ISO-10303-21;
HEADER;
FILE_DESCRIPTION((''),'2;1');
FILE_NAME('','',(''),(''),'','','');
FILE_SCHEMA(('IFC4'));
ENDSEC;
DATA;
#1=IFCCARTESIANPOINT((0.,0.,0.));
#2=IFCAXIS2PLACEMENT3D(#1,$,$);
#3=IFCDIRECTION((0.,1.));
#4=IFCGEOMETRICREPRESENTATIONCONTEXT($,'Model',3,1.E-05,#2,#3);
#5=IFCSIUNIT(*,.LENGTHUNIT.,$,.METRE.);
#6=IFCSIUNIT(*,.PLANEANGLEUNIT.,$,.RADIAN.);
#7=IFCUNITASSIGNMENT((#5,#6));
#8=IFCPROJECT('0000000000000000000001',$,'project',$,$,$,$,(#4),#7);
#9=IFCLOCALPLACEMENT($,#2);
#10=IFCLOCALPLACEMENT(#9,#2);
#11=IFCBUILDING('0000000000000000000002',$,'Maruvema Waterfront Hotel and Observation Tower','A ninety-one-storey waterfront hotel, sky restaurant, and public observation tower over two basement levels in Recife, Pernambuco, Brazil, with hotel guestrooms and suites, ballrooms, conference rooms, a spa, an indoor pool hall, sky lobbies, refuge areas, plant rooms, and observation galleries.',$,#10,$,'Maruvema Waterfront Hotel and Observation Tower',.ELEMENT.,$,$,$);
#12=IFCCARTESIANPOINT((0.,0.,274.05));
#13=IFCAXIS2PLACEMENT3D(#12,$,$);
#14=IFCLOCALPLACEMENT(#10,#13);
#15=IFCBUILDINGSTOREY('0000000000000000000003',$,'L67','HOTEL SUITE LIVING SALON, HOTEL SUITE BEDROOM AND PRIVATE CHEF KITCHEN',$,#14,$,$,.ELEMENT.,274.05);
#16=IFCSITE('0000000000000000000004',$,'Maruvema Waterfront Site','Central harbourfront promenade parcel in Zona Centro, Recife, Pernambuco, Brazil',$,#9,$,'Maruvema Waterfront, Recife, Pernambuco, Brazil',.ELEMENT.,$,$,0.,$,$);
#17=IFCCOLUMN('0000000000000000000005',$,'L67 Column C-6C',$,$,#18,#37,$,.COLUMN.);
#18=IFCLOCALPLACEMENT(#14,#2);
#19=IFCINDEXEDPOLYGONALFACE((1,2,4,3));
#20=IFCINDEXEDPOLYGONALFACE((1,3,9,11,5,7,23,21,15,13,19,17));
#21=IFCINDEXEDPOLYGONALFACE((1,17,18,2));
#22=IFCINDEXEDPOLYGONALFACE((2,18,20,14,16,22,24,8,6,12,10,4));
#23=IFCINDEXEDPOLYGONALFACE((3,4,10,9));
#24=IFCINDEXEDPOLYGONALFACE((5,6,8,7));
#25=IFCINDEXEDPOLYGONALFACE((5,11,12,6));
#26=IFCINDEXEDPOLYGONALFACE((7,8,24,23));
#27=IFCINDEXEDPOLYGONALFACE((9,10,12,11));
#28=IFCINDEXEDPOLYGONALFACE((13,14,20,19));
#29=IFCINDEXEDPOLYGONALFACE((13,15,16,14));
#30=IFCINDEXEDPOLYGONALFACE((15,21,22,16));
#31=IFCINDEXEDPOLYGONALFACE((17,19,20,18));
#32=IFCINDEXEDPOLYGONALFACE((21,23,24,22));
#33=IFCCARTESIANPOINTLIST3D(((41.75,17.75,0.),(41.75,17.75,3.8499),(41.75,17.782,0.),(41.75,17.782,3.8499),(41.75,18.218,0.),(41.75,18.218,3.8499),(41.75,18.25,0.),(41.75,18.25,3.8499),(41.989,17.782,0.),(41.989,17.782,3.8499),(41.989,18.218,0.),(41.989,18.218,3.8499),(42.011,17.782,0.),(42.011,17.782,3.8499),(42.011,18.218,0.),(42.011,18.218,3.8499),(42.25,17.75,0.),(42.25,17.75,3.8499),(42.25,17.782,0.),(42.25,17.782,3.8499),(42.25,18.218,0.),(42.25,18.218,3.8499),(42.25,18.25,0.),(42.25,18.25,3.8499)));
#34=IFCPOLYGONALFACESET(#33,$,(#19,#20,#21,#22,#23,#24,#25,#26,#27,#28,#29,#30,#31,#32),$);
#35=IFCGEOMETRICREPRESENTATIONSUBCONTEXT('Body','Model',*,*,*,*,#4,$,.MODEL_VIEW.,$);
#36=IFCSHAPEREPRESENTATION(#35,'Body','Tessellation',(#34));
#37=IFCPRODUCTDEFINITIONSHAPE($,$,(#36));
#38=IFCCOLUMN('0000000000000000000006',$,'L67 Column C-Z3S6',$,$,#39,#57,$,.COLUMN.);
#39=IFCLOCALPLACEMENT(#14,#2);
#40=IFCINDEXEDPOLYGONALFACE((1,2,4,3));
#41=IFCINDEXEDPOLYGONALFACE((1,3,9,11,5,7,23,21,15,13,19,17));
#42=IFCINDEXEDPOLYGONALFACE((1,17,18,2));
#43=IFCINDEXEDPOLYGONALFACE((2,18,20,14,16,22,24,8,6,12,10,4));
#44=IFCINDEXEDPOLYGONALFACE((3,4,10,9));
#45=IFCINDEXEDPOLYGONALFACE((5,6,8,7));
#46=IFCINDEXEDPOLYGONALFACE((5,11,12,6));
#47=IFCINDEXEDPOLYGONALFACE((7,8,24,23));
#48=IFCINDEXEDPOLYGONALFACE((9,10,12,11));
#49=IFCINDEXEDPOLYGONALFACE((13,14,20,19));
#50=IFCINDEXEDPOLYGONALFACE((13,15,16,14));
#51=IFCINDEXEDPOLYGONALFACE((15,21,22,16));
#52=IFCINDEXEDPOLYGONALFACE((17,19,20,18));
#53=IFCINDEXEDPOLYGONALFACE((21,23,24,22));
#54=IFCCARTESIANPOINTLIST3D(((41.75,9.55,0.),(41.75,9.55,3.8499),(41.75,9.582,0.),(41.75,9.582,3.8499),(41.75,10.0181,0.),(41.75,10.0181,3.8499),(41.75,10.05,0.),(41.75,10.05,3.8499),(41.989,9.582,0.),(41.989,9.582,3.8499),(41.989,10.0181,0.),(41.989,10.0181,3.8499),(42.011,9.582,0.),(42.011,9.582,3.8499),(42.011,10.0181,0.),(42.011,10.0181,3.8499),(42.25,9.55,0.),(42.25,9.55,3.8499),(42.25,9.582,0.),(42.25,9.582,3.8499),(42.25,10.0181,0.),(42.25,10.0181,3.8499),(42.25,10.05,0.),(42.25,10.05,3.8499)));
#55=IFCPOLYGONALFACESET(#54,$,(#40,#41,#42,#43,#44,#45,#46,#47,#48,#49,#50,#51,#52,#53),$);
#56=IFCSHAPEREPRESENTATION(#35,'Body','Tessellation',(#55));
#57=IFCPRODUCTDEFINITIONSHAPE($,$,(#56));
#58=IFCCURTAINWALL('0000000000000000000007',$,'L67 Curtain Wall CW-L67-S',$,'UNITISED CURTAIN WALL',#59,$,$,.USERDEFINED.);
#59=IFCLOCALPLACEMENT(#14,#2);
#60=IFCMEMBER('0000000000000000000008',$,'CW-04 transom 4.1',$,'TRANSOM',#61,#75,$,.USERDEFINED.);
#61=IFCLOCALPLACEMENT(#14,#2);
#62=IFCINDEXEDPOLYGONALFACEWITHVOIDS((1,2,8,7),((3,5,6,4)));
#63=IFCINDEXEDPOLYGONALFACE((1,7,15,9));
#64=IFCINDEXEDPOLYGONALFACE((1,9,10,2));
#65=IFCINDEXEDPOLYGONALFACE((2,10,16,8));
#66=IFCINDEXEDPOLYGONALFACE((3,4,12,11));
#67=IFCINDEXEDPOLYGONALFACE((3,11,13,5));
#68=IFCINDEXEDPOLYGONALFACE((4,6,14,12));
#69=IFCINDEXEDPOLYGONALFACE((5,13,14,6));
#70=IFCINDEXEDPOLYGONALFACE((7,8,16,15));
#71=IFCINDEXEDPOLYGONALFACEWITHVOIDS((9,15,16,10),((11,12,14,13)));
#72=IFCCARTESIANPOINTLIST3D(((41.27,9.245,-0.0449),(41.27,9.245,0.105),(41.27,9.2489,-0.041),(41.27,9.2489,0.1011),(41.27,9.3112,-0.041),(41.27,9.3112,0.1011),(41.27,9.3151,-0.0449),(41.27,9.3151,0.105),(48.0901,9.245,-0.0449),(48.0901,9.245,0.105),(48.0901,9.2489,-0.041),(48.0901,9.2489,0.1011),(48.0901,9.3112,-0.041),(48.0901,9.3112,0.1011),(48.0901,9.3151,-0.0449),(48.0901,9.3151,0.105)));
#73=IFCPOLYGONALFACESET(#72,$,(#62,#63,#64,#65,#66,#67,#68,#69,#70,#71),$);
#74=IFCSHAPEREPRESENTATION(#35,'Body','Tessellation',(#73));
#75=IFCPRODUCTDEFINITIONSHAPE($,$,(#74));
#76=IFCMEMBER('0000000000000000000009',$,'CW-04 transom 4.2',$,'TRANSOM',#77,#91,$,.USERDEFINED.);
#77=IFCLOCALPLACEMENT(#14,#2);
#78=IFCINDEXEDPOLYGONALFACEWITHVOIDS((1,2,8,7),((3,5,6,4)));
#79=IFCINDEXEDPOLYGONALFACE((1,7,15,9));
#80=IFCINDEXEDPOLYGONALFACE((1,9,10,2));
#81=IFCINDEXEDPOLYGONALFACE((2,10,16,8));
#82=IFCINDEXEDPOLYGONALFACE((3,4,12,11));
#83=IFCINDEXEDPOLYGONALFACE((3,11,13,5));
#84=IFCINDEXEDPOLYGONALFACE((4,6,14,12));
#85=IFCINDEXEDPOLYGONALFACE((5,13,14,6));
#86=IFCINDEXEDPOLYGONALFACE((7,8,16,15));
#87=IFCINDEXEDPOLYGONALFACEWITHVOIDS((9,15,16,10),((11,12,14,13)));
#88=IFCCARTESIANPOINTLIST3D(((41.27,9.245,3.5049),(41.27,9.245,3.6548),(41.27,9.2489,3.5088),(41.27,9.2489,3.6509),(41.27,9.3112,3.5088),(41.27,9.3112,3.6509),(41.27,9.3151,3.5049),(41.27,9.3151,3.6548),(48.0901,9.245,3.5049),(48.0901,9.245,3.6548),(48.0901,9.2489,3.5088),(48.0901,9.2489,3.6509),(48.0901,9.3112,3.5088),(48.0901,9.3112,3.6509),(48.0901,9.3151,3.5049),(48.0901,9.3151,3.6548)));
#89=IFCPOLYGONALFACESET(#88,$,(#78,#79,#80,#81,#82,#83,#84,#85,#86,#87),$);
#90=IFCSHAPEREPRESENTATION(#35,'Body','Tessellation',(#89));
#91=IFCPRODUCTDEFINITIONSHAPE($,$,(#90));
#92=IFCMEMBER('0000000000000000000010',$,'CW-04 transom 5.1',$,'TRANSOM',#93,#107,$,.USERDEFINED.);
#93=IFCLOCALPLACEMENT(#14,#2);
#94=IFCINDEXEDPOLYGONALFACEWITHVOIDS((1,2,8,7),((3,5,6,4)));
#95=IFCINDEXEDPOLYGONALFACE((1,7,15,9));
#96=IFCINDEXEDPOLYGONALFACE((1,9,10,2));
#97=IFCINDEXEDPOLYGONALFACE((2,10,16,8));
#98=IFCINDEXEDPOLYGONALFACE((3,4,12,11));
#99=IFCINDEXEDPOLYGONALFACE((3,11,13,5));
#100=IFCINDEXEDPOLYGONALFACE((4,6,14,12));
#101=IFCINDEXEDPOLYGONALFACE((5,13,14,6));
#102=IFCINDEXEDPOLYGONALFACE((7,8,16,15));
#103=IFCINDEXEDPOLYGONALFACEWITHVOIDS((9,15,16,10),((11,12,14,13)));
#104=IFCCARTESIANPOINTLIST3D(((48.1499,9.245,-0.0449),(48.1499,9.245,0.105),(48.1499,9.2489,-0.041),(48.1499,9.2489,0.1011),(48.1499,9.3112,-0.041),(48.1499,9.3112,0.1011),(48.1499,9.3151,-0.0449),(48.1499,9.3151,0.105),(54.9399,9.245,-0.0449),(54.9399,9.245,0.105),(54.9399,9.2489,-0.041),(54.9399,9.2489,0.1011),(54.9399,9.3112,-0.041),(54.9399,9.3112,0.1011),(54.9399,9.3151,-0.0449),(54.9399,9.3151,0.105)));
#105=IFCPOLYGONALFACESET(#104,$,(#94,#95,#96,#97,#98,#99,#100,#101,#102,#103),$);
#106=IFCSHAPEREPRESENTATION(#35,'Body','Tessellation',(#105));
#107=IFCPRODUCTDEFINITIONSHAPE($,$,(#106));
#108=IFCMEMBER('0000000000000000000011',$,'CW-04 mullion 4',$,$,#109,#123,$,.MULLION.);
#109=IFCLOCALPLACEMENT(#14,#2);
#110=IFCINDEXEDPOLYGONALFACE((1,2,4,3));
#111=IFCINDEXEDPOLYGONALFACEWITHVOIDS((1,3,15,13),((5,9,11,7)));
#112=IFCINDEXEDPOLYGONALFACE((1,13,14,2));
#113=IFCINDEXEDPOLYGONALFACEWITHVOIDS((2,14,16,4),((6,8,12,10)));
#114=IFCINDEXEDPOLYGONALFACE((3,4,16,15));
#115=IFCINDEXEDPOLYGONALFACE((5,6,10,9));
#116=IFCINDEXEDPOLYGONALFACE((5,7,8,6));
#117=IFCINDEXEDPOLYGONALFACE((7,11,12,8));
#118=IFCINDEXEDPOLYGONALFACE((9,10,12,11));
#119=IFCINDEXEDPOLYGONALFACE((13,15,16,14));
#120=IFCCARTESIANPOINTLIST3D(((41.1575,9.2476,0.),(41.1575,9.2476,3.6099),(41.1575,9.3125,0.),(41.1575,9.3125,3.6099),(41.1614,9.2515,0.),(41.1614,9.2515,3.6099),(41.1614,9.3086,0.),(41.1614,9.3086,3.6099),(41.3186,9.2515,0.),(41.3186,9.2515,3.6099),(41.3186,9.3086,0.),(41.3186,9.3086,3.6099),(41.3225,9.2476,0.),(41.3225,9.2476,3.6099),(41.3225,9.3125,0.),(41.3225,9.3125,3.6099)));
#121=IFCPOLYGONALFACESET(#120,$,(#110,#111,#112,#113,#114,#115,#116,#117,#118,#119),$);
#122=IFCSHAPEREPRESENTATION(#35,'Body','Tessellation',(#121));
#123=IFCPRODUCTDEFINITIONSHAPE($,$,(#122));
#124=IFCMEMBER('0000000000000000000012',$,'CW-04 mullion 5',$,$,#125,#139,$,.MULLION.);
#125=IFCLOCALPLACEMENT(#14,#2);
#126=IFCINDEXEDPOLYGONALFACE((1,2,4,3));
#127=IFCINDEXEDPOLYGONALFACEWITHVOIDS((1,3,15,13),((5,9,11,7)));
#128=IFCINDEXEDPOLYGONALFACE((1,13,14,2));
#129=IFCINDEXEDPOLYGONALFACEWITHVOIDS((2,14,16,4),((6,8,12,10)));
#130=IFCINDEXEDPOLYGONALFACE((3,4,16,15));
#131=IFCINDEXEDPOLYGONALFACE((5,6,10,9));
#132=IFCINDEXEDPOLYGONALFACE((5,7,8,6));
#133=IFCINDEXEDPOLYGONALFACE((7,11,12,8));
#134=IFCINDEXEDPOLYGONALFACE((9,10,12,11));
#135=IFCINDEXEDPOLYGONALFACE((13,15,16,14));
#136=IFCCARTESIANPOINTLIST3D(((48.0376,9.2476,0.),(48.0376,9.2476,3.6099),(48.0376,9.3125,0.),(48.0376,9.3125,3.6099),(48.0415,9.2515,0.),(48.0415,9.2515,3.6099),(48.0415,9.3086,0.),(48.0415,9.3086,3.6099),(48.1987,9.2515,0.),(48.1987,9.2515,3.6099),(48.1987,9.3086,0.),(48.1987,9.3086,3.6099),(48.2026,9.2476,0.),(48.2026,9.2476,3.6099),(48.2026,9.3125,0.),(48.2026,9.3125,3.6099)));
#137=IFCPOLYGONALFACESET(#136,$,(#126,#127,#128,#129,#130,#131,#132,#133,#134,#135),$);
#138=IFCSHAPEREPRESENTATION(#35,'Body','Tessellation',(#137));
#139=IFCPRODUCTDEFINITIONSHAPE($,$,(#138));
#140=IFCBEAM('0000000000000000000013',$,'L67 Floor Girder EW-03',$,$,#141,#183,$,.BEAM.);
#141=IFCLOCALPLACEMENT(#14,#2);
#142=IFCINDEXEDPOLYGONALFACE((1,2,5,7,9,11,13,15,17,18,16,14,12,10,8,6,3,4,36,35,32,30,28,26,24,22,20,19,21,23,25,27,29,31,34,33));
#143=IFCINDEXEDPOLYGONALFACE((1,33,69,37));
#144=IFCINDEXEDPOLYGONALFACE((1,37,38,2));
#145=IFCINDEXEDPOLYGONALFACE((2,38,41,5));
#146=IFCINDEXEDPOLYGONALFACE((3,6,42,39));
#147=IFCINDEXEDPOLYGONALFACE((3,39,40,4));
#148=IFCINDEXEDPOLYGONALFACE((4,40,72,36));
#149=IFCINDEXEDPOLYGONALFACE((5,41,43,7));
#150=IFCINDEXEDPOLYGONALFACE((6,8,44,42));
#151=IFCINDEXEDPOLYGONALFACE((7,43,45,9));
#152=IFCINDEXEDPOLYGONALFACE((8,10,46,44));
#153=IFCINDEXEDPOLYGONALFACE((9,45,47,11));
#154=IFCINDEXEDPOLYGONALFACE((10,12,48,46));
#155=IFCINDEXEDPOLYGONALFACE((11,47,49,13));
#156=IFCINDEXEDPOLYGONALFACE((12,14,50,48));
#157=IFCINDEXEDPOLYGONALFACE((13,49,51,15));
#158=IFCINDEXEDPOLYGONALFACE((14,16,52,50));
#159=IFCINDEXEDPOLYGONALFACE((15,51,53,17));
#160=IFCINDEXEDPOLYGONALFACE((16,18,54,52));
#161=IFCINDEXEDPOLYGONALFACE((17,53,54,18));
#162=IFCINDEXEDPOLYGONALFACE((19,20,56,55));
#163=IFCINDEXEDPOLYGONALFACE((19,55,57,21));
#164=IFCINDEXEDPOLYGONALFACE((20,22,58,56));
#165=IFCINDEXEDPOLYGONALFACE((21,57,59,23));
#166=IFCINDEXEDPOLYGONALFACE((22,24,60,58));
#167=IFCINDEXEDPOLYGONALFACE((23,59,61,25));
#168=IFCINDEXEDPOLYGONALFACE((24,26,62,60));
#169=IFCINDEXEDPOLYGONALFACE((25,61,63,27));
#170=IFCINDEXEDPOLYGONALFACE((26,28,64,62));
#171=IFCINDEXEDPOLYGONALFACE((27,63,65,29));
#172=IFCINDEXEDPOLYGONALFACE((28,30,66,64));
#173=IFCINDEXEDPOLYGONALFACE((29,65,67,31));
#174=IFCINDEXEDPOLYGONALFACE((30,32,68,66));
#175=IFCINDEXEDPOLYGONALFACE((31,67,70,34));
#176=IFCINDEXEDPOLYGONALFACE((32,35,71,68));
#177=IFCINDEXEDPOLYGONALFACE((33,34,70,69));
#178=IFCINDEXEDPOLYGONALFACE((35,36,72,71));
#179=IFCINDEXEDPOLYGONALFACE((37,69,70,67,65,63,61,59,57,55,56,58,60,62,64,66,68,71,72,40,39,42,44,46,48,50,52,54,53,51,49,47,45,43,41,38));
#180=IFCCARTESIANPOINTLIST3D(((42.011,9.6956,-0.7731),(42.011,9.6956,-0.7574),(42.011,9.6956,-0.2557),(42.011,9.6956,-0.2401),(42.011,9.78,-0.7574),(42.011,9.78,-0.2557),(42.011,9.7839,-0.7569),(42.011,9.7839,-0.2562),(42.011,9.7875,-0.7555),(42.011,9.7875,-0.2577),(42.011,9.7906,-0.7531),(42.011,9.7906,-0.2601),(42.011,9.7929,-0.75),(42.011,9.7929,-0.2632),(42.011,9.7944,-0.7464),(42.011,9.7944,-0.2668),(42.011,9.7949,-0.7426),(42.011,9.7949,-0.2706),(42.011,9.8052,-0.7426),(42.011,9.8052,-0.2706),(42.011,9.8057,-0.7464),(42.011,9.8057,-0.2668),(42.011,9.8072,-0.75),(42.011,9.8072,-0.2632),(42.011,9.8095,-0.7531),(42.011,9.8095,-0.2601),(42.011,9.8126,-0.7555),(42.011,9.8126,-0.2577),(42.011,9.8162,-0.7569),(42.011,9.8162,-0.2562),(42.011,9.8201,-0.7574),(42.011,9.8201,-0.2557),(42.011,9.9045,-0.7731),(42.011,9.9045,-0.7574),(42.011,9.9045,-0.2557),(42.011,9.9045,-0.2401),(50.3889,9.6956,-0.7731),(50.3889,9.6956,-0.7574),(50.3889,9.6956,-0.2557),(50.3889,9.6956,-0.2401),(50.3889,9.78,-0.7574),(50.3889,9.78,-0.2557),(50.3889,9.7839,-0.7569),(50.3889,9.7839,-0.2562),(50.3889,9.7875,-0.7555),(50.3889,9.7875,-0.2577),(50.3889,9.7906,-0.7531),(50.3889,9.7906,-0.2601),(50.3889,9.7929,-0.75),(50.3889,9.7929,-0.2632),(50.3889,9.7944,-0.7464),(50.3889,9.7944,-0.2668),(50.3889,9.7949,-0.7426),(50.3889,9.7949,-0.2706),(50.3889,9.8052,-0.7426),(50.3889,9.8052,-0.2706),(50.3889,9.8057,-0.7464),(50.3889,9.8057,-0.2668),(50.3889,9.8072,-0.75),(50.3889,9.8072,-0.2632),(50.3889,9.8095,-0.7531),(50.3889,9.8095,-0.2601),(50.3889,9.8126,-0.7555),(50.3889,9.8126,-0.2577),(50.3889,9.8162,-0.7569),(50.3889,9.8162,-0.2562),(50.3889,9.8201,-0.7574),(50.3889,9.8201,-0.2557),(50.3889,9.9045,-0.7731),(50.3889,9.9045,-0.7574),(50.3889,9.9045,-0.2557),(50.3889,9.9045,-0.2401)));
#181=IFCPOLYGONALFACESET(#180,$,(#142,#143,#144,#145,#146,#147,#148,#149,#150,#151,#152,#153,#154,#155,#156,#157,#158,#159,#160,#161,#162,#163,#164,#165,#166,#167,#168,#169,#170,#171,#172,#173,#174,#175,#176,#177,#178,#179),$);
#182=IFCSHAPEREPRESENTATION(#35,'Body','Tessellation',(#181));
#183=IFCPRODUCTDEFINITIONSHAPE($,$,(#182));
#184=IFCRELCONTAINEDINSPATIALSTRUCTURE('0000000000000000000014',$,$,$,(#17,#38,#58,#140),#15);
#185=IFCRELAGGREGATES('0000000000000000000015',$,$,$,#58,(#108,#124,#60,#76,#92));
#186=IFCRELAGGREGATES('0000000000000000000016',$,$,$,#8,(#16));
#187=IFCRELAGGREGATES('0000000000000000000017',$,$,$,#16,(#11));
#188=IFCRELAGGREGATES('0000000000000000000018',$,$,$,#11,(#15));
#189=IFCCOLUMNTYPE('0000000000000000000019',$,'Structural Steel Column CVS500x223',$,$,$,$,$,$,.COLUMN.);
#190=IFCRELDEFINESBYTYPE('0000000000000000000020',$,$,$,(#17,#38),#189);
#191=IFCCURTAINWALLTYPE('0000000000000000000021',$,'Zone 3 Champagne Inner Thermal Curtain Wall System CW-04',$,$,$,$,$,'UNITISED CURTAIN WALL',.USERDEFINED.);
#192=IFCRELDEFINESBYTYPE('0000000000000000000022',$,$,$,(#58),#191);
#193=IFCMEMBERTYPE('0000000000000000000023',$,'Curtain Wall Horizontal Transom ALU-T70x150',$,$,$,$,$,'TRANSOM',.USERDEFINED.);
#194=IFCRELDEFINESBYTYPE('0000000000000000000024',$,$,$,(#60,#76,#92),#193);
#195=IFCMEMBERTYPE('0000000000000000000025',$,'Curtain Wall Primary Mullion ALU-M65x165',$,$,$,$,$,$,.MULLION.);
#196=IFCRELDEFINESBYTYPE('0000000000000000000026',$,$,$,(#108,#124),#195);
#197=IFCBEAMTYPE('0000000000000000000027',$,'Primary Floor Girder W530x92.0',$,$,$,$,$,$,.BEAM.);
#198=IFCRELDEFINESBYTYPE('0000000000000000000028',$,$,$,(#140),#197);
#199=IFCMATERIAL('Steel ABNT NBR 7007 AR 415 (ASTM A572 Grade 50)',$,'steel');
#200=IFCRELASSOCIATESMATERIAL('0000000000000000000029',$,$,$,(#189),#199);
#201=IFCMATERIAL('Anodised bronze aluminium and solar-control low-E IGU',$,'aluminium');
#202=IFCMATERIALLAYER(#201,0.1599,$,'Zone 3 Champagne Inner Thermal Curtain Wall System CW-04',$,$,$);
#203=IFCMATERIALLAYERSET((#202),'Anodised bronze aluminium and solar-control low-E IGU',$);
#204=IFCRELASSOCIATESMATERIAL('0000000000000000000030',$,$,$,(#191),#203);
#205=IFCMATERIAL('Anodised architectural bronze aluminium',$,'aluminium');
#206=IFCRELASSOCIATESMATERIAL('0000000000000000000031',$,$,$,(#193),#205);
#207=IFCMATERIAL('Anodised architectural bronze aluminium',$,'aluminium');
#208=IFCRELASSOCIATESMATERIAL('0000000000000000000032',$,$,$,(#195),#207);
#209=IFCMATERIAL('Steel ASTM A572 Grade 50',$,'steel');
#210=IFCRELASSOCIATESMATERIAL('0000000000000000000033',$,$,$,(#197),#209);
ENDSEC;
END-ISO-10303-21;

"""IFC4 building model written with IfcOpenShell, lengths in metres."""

from ifc_helpers import new_model, si_unit, direction, frame, origin, origin_2d, place, context, subcontext, project, spatial, hollow_rectangle, i_section, extrude, material, layer, layer_set, material_profile, profile_set, type_object, element, aggregate, save


model = new_model("IFC4")

# Units and contexts
model_context = context("Model", 3, precision=1e-05, world=origin(), true_north=direction((0.0, 1.0)))
body_context = subcontext(model_context, "Body", "Model", "MODEL_VIEW")
ifc_project = project(units=[si_unit("LENGTHUNIT", "METRE"), si_unit("PLANEANGLEUNIT", "RADIAN")], contexts=[model_context])

# Site, building, storey
site_placement = place(None, origin())
site = spatial("IfcSite", under=ifc_project, at=site_placement, Name="Maruvema Waterfront Site", Description="Central harbourfront promenade parcel in Zona Centro, Recife, Pernambuco, Brazil", LongName="Maruvema Waterfront, Recife, Pernambuco, Brazil", CompositionType="ELEMENT", RefElevation=0.0)
building_placement = place(site_placement, origin())
building = spatial("IfcBuilding", under=site, at=building_placement, Name="Maruvema Waterfront Hotel and Observation Tower", Description="A ninety-one-storey waterfront hotel, sky restaurant, and public observation tower over two basement levels in Recife, Pernambuco, Brazil, with hotel guestrooms and suites, ballrooms, conference rooms, a spa, an indoor pool hall, sky lobbies, refuge areas, plant rooms, and observation galleries.", LongName="Maruvema Waterfront Hotel and Observation Tower", CompositionType="ELEMENT")
storey_placement = place(building_placement, frame((0.0, 0.0, 274.05)))
storey = spatial("IfcBuildingStorey", under=building, at=storey_placement, Name="L67", Description="HOTEL SUITE LIVING SALON, HOTEL SUITE BEDROOM AND PRIVATE CHEF KITCHEN", CompositionType="ELEMENT", Elevation=274.05)

# Columns
ifc_material_1 = material(Name="Steel ABNT NBR 7007 AR 415 (ASTM A572 Grade 50)", Category="steel")
ifc_material_profile_1 = material_profile(ifc_material_1, i_section(OverallWidth=0.5, OverallDepth=0.5, WebThickness=0.022, FlangeThickness=0.032, at=origin_2d()), Name="CVS500x223")
ifc_profile_set_1 = profile_set([ifc_material_profile_1], Name="Steel ABNT NBR 7007 AR 415 (ASTM A572 Grade 50)")
column_type = type_object("IfcColumnType", Name="Structural Steel Column CVS500x223", PredefinedType="COLUMN", material=ifc_profile_set_1)
for number, where, z_axis, x_axis, name in (
    (1, (42.0, 18.0, 0.0), (0.0, 0.0, 1.0), (1.0, 0.0, 0.0), "L67 Column C-6C"),
    (2, (42.0, 9.8, 0.0), (0.0, 0.0, 1.0), (1.0, 0.0, 0.0), "L67 Column C-Z3S6"),
):
    element("IfcColumn", number, at=place(storey_placement, frame(where, z_axis=z_axis, x_axis=x_axis)), inside=storey, type_object=column_type, Name=name, PredefinedType="COLUMN", context=body_context, shape_type="SweptSolid", body=[
        extrude(i_section(OverallWidth=0.5, OverallDepth=0.5, WebThickness=0.022, FlangeThickness=0.032, at=origin_2d()), origin(), (0.0, 0.0, 1.0), 3.8499),
    ])

# Curtain wall, members
ifc_material_2 = material(Name="Anodised bronze aluminium and solar-control low-E IGU", Category="aluminium")
ifc_layer_1 = layer(ifc_material_2, 0.1599, Name="Zone 3 Champagne Inner Thermal Curtain Wall System CW-04")
ifc_layer_set_1 = layer_set([ifc_layer_1], Name="Anodised bronze aluminium and solar-control low-E IGU")
curtain_wall_type = type_object("IfcCurtainWallType", Name="Zone 3 Champagne Inner Thermal Curtain Wall System CW-04", ElementType="UNITISED CURTAIN WALL", PredefinedType="USERDEFINED", material=ifc_layer_set_1)
curtain_wall_placement = place(storey_placement, origin())
curtain_wall = element("IfcCurtainWall", 3, at=curtain_wall_placement, inside=storey, type_object=curtain_wall_type, Name="L67 Curtain Wall CW-L67-S", ObjectType="UNITISED CURTAIN WALL", PredefinedType="USERDEFINED")
ifc_material_3 = material(Name="Anodised architectural bronze aluminium", Category="aluminium")
ifc_material_profile_2 = material_profile(ifc_material_3, hollow_rectangle(XDim=0.0701, YDim=0.1499, WallThickness=0.0039, at=origin_2d()), Name="ALU-T70x150")
ifc_profile_set_2 = profile_set([ifc_material_profile_2], Name="Anodised architectural bronze aluminium")
member_type_1 = type_object("IfcMemberType", Name="Curtain Wall Horizontal Transom ALU-T70x150", ElementType="TRANSOM", PredefinedType="USERDEFINED", material=ifc_profile_set_2)
member_1_placement = place(storey_placement, frame((41.27, 9.28, 0.03), z_axis=(1.0, 0.0, 0.0), x_axis=(0.0, 1.0, 0.0)))
member_1 = element("IfcMember", 4, at=member_1_placement, type_object=member_type_1, Name="CW-04 transom 4.1", ObjectType="TRANSOM", PredefinedType="USERDEFINED", context=body_context, shape_type="SweptSolid", body=[
    extrude(hollow_rectangle(XDim=0.0701, YDim=0.1499, WallThickness=0.0039, at=origin_2d()), origin(), (0.0, 0.0, 1.0), 6.8201),
])
member_2_placement = place(storey_placement, frame((41.27, 9.28, 3.5798), z_axis=(1.0, 0.0, 0.0), x_axis=(0.0, 1.0, 0.0)))
member_2 = element("IfcMember", 5, at=member_2_placement, type_object=member_type_1, Name="CW-04 transom 4.2", ObjectType="TRANSOM", PredefinedType="USERDEFINED", context=body_context, shape_type="SweptSolid", body=[
    extrude(hollow_rectangle(XDim=0.0701, YDim=0.1499, WallThickness=0.0039, at=origin_2d()), origin(), (0.0, 0.0, 1.0), 6.8201),
])
member_3_placement = place(storey_placement, frame((48.1499, 9.28, 0.03), z_axis=(1.0, 0.0, 0.0), x_axis=(0.0, 1.0, 0.0)))
member_3 = element("IfcMember", 6, at=member_3_placement, type_object=member_type_1, Name="CW-04 transom 5.1", ObjectType="TRANSOM", PredefinedType="USERDEFINED", context=body_context, shape_type="SweptSolid", body=[
    extrude(hollow_rectangle(XDim=0.0701, YDim=0.1499, WallThickness=0.0039, at=origin_2d()), origin(), (0.0, 0.0, 1.0), 6.79),
])
ifc_material_4 = material(Name="Anodised architectural bronze aluminium", Category="aluminium")
ifc_material_profile_3 = material_profile(ifc_material_4, hollow_rectangle(XDim=0.0649, YDim=0.165, WallThickness=0.0039, at=origin_2d()), Name="ALU-M65x165")
ifc_profile_set_3 = profile_set([ifc_material_profile_3], Name="Anodised architectural bronze aluminium")
member_type_2 = type_object("IfcMemberType", Name="Curtain Wall Primary Mullion ALU-M65x165", PredefinedType="MULLION", material=ifc_profile_set_3)
member_4_placement = place(storey_placement, frame((41.24, 9.28, 0.0), z_axis=(0.0, 0.0, 1.0), x_axis=(0.0, 1.0, 0.0)))
member_4 = element("IfcMember", 7, at=member_4_placement, type_object=member_type_2, Name="CW-04 mullion 4", PredefinedType="MULLION", context=body_context, shape_type="SweptSolid", body=[
    extrude(hollow_rectangle(XDim=0.0649, YDim=0.165, WallThickness=0.0039, at=origin_2d()), origin(), (0.0, 0.0, 1.0), 3.6099),
])
member_5_placement = place(storey_placement, frame((48.1201, 9.28, 0.0), z_axis=(0.0, 0.0, 1.0), x_axis=(0.0, 1.0, 0.0)))
member_5 = element("IfcMember", 8, at=member_5_placement, type_object=member_type_2, Name="CW-04 mullion 5", PredefinedType="MULLION", context=body_context, shape_type="SweptSolid", body=[
    extrude(hollow_rectangle(XDim=0.0649, YDim=0.165, WallThickness=0.0039, at=origin_2d()), origin(), (0.0, 0.0, 1.0), 3.6099),
])

# Beam
ifc_material_5 = material(Name="Steel ASTM A572 Grade 50", Category="steel")
ifc_material_profile_4 = material_profile(ifc_material_5, i_section(OverallWidth=0.209, OverallDepth=0.533, WebThickness=0.0103, FlangeThickness=0.0156, FilletRadius=0.0149, at=origin_2d()), Name="W530x92.0")
ifc_profile_set_4 = profile_set([ifc_material_profile_4], Name="Steel ASTM A572 Grade 50")
beam_type_1 = type_object("IfcBeamType", Name="Primary Floor Girder W530x92.0", PredefinedType="BEAM", material=ifc_profile_set_4)
beam_1_placement = place(storey_placement, frame((42.011, 9.8, -0.5066), z_axis=(1.0, 0.0, 0.0), x_axis=(0.0, 1.0, 0.0)))
element("IfcBeam", 9, at=beam_1_placement, inside=storey, type_object=beam_type_1, Name="L67 Floor Girder EW-03", PredefinedType="BEAM", context=body_context, shape_type="SweptSolid", body=[
    extrude(i_section(OverallWidth=0.209, OverallDepth=0.533, WebThickness=0.0103, FlangeThickness=0.0156, FilletRadius=0.0149, at=origin_2d()), origin(), (0.0, 0.0, 1.0), 8.3779),
])

aggregate(curtain_wall, [member_4, member_5, member_1, member_2, member_3])

save(model, "model.ifc")
